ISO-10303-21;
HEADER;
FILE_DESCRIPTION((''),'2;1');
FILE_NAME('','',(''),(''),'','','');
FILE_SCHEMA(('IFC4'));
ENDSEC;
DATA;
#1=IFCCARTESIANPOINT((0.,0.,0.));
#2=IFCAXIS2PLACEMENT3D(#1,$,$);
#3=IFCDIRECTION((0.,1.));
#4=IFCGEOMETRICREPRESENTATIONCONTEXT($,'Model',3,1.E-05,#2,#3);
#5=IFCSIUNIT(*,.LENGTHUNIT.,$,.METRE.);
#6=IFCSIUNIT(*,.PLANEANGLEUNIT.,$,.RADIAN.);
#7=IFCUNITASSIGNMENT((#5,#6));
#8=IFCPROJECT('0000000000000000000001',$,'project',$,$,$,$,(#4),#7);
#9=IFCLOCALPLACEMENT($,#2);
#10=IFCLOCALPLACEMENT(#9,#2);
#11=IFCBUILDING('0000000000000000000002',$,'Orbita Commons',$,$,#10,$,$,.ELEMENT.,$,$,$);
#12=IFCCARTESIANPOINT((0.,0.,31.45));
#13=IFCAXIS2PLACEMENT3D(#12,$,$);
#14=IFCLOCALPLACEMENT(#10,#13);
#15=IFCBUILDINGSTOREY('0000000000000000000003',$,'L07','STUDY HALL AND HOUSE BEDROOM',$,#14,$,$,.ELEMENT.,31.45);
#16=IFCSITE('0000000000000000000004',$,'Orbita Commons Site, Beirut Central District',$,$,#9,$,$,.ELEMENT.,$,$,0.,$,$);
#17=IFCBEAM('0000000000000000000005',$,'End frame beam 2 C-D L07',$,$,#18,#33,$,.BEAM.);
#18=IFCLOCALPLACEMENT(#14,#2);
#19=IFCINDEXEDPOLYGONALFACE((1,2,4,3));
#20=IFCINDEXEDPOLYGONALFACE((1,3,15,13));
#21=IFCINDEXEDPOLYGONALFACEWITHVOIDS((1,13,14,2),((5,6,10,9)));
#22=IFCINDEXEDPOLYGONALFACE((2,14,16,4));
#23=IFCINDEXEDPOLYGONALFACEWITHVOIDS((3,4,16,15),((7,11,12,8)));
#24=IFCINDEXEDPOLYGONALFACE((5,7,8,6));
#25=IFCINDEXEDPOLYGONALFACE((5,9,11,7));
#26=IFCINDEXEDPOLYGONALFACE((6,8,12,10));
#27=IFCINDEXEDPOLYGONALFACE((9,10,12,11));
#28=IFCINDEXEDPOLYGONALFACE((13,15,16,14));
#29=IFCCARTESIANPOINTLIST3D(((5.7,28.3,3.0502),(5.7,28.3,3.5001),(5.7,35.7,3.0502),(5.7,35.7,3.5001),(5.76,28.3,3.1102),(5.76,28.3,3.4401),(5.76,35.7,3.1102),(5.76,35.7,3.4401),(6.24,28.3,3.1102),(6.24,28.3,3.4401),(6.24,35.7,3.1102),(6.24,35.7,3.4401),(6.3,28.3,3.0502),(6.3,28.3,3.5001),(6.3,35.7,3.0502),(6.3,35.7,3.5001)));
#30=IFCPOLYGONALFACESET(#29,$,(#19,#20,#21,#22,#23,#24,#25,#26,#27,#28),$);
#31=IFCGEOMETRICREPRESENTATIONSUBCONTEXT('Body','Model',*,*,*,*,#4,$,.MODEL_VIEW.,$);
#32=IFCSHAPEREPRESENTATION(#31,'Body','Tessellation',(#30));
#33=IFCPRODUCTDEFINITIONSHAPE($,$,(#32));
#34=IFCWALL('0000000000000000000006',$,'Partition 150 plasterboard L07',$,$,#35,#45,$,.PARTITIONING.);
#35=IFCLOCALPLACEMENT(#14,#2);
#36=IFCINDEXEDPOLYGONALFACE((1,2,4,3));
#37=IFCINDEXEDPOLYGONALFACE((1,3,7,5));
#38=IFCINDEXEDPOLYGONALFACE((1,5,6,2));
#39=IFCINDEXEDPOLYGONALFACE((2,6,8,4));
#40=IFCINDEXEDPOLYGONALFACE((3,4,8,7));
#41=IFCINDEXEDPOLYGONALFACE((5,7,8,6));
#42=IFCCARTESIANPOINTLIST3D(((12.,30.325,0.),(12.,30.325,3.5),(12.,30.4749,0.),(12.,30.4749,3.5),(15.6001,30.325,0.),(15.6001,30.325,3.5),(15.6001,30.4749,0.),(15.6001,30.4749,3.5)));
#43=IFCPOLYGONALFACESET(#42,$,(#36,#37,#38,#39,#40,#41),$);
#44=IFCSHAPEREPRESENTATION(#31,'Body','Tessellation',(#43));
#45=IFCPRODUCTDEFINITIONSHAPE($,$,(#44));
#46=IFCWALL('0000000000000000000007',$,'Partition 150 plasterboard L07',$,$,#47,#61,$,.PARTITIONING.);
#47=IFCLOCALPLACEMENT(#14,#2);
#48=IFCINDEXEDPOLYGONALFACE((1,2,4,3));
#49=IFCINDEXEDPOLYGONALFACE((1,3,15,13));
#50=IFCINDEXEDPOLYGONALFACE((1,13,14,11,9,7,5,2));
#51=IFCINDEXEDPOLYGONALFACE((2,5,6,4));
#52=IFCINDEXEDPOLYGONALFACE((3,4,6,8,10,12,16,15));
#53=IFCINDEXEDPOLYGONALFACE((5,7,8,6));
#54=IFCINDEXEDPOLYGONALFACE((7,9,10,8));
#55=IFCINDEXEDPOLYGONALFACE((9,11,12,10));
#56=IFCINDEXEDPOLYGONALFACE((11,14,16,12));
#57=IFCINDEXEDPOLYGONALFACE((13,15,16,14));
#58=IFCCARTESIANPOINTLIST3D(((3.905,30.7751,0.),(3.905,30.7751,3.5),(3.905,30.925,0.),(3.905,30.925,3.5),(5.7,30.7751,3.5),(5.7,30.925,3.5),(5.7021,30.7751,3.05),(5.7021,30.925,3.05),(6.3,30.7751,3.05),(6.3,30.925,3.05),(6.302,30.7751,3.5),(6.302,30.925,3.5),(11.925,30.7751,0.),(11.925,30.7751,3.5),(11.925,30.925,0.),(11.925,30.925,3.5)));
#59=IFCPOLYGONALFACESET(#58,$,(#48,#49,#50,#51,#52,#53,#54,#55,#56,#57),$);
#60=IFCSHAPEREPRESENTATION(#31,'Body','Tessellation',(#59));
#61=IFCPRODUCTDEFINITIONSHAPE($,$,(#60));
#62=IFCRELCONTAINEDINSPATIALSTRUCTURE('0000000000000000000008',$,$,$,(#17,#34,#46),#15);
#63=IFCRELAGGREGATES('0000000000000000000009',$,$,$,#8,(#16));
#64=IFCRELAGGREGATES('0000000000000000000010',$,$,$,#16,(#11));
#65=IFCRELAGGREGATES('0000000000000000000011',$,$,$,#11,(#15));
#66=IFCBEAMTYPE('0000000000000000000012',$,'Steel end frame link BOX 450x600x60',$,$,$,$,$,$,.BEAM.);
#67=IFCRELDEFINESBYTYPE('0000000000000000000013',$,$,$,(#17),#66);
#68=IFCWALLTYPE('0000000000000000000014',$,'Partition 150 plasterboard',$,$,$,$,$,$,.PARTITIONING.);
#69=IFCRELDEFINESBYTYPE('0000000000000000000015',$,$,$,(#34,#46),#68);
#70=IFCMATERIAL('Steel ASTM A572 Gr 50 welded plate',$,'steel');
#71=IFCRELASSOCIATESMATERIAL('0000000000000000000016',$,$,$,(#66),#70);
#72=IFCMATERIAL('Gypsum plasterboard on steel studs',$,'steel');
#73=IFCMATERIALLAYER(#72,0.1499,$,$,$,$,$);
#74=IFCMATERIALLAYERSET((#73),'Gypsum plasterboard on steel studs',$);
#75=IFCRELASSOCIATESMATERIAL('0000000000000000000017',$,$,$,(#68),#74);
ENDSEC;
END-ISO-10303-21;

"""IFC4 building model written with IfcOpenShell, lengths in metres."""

from ifc_helpers import new_model, si_unit, direction, frame, frame_2d, origin, origin_2d, place, context, subcontext, project, spatial, polyline, rectangle, hollow_rectangle, outline, extrude, material, layer, layer_set, material_profile, profile_set, type_object, element, save


model = new_model("IFC4")

# Units and contexts
model_context = context("Model", 3, precision=1e-05, world=origin(), true_north=direction((0.0, 1.0)))
body_context = subcontext(model_context, "Body", "Model", "MODEL_VIEW")
ifc_project = project(units=[si_unit("LENGTHUNIT", "METRE"), si_unit("PLANEANGLEUNIT", "RADIAN")], contexts=[model_context])

# Site, building, storey
site_placement = place(None, origin())
site = spatial("IfcSite", under=ifc_project, at=site_placement, Name="Orbita Commons Site, Beirut Central District", CompositionType="ELEMENT", RefElevation=0.0)
building_placement = place(site_placement, origin())
building = spatial("IfcBuilding", under=site, at=building_placement, Name="Orbita Commons", CompositionType="ELEMENT")
storey_placement = place(building_placement, frame((0.0, 0.0, 31.45)))
storey = spatial("IfcBuildingStorey", under=building, at=storey_placement, Name="L07", Description="STUDY HALL AND HOUSE BEDROOM", CompositionType="ELEMENT", Elevation=31.45)

# Beam
ifc_material_1 = material(Name="Steel ASTM A572 Gr 50 welded plate", Category="steel")
ifc_material_profile = material_profile(ifc_material_1, hollow_rectangle(XDim=0.6001, YDim=0.45, WallThickness=0.0601, at=origin_2d()), Name="BOX 450x600x60")
ifc_profile_set = profile_set([ifc_material_profile], Name="Steel ASTM A572 Gr 50 welded plate")
beam_type = type_object("IfcBeamType", Name="Steel end frame link BOX 450x600x60", PredefinedType="BEAM", material=ifc_profile_set)
beam_placement = place(storey_placement, frame((6.0, 28.3, 3.2751), z_axis=(0.0, 1.0, 0.0), x_axis=(-1.0, 0.0, 0.0)))
element("IfcBeam", 1, at=beam_placement, inside=storey, type_object=beam_type, Name="End frame beam 2 C-D L07", PredefinedType="BEAM", context=body_context, shape_type="SweptSolid", body=[
    extrude(hollow_rectangle(XDim=0.6001, YDim=0.45, WallThickness=0.0601, at=origin_2d()), origin(), (0.0, 0.0, 1.0), 7.3999),
])

# Walls
ifc_material_2 = material(Name="Gypsum plasterboard on steel studs", Category="steel")
ifc_layer_1 = layer(ifc_material_2, 0.1499)
ifc_layer_set_1 = layer_set([ifc_layer_1], Name="Gypsum plasterboard on steel studs")
wall_type_1 = type_object("IfcWallType", Name="Partition 150 plasterboard", PredefinedType="PARTITIONING", material=ifc_layer_set_1)
wall_1_placement = place(storey_placement, frame((12.0, 30.3999, 0.0), z_axis=(0.0, 0.0, 1.0), x_axis=(1.0, 0.0, 0.0)))
element("IfcWall", 2, at=wall_1_placement, inside=storey, type_object=wall_type_1, Name="Partition 150 plasterboard L07", PredefinedType="PARTITIONING", context=body_context, shape_type="SweptSolid", body=[
    extrude(rectangle(XDim=3.6001, YDim=0.1499, at=frame_2d((1.8, 0.0))), origin(), (0.0, 0.0, 1.0), 3.5),
])
wall_2_placement = place(storey_placement, frame((3.905, 30.8501, 0.0), z_axis=(0.0, 0.0, 1.0), x_axis=(1.0, 0.0, 0.0)))
element("IfcWall", 3, at=wall_2_placement, inside=storey, type_object=wall_type_1, Name="Partition 150 plasterboard L07", PredefinedType="PARTITIONING", context=body_context, shape_type="SweptSolid", body=[
    extrude(outline(polyline([(0.0, 0.0), (8.02, 0.0), (8.02, 3.5), (2.397, 3.5), (2.395, 3.05), (1.7971, 3.05), (1.7949, 3.5), (0.0, 3.5), (0.0, 0.0)])), frame((0.0, 0.075, 0.0), z_axis=(0.0, -1.0, 0.0), x_axis=(1.0, 0.0, 0.0)), (0.0, 0.0, 1.0), 0.1499),
])

save(model, "model.ifc")
